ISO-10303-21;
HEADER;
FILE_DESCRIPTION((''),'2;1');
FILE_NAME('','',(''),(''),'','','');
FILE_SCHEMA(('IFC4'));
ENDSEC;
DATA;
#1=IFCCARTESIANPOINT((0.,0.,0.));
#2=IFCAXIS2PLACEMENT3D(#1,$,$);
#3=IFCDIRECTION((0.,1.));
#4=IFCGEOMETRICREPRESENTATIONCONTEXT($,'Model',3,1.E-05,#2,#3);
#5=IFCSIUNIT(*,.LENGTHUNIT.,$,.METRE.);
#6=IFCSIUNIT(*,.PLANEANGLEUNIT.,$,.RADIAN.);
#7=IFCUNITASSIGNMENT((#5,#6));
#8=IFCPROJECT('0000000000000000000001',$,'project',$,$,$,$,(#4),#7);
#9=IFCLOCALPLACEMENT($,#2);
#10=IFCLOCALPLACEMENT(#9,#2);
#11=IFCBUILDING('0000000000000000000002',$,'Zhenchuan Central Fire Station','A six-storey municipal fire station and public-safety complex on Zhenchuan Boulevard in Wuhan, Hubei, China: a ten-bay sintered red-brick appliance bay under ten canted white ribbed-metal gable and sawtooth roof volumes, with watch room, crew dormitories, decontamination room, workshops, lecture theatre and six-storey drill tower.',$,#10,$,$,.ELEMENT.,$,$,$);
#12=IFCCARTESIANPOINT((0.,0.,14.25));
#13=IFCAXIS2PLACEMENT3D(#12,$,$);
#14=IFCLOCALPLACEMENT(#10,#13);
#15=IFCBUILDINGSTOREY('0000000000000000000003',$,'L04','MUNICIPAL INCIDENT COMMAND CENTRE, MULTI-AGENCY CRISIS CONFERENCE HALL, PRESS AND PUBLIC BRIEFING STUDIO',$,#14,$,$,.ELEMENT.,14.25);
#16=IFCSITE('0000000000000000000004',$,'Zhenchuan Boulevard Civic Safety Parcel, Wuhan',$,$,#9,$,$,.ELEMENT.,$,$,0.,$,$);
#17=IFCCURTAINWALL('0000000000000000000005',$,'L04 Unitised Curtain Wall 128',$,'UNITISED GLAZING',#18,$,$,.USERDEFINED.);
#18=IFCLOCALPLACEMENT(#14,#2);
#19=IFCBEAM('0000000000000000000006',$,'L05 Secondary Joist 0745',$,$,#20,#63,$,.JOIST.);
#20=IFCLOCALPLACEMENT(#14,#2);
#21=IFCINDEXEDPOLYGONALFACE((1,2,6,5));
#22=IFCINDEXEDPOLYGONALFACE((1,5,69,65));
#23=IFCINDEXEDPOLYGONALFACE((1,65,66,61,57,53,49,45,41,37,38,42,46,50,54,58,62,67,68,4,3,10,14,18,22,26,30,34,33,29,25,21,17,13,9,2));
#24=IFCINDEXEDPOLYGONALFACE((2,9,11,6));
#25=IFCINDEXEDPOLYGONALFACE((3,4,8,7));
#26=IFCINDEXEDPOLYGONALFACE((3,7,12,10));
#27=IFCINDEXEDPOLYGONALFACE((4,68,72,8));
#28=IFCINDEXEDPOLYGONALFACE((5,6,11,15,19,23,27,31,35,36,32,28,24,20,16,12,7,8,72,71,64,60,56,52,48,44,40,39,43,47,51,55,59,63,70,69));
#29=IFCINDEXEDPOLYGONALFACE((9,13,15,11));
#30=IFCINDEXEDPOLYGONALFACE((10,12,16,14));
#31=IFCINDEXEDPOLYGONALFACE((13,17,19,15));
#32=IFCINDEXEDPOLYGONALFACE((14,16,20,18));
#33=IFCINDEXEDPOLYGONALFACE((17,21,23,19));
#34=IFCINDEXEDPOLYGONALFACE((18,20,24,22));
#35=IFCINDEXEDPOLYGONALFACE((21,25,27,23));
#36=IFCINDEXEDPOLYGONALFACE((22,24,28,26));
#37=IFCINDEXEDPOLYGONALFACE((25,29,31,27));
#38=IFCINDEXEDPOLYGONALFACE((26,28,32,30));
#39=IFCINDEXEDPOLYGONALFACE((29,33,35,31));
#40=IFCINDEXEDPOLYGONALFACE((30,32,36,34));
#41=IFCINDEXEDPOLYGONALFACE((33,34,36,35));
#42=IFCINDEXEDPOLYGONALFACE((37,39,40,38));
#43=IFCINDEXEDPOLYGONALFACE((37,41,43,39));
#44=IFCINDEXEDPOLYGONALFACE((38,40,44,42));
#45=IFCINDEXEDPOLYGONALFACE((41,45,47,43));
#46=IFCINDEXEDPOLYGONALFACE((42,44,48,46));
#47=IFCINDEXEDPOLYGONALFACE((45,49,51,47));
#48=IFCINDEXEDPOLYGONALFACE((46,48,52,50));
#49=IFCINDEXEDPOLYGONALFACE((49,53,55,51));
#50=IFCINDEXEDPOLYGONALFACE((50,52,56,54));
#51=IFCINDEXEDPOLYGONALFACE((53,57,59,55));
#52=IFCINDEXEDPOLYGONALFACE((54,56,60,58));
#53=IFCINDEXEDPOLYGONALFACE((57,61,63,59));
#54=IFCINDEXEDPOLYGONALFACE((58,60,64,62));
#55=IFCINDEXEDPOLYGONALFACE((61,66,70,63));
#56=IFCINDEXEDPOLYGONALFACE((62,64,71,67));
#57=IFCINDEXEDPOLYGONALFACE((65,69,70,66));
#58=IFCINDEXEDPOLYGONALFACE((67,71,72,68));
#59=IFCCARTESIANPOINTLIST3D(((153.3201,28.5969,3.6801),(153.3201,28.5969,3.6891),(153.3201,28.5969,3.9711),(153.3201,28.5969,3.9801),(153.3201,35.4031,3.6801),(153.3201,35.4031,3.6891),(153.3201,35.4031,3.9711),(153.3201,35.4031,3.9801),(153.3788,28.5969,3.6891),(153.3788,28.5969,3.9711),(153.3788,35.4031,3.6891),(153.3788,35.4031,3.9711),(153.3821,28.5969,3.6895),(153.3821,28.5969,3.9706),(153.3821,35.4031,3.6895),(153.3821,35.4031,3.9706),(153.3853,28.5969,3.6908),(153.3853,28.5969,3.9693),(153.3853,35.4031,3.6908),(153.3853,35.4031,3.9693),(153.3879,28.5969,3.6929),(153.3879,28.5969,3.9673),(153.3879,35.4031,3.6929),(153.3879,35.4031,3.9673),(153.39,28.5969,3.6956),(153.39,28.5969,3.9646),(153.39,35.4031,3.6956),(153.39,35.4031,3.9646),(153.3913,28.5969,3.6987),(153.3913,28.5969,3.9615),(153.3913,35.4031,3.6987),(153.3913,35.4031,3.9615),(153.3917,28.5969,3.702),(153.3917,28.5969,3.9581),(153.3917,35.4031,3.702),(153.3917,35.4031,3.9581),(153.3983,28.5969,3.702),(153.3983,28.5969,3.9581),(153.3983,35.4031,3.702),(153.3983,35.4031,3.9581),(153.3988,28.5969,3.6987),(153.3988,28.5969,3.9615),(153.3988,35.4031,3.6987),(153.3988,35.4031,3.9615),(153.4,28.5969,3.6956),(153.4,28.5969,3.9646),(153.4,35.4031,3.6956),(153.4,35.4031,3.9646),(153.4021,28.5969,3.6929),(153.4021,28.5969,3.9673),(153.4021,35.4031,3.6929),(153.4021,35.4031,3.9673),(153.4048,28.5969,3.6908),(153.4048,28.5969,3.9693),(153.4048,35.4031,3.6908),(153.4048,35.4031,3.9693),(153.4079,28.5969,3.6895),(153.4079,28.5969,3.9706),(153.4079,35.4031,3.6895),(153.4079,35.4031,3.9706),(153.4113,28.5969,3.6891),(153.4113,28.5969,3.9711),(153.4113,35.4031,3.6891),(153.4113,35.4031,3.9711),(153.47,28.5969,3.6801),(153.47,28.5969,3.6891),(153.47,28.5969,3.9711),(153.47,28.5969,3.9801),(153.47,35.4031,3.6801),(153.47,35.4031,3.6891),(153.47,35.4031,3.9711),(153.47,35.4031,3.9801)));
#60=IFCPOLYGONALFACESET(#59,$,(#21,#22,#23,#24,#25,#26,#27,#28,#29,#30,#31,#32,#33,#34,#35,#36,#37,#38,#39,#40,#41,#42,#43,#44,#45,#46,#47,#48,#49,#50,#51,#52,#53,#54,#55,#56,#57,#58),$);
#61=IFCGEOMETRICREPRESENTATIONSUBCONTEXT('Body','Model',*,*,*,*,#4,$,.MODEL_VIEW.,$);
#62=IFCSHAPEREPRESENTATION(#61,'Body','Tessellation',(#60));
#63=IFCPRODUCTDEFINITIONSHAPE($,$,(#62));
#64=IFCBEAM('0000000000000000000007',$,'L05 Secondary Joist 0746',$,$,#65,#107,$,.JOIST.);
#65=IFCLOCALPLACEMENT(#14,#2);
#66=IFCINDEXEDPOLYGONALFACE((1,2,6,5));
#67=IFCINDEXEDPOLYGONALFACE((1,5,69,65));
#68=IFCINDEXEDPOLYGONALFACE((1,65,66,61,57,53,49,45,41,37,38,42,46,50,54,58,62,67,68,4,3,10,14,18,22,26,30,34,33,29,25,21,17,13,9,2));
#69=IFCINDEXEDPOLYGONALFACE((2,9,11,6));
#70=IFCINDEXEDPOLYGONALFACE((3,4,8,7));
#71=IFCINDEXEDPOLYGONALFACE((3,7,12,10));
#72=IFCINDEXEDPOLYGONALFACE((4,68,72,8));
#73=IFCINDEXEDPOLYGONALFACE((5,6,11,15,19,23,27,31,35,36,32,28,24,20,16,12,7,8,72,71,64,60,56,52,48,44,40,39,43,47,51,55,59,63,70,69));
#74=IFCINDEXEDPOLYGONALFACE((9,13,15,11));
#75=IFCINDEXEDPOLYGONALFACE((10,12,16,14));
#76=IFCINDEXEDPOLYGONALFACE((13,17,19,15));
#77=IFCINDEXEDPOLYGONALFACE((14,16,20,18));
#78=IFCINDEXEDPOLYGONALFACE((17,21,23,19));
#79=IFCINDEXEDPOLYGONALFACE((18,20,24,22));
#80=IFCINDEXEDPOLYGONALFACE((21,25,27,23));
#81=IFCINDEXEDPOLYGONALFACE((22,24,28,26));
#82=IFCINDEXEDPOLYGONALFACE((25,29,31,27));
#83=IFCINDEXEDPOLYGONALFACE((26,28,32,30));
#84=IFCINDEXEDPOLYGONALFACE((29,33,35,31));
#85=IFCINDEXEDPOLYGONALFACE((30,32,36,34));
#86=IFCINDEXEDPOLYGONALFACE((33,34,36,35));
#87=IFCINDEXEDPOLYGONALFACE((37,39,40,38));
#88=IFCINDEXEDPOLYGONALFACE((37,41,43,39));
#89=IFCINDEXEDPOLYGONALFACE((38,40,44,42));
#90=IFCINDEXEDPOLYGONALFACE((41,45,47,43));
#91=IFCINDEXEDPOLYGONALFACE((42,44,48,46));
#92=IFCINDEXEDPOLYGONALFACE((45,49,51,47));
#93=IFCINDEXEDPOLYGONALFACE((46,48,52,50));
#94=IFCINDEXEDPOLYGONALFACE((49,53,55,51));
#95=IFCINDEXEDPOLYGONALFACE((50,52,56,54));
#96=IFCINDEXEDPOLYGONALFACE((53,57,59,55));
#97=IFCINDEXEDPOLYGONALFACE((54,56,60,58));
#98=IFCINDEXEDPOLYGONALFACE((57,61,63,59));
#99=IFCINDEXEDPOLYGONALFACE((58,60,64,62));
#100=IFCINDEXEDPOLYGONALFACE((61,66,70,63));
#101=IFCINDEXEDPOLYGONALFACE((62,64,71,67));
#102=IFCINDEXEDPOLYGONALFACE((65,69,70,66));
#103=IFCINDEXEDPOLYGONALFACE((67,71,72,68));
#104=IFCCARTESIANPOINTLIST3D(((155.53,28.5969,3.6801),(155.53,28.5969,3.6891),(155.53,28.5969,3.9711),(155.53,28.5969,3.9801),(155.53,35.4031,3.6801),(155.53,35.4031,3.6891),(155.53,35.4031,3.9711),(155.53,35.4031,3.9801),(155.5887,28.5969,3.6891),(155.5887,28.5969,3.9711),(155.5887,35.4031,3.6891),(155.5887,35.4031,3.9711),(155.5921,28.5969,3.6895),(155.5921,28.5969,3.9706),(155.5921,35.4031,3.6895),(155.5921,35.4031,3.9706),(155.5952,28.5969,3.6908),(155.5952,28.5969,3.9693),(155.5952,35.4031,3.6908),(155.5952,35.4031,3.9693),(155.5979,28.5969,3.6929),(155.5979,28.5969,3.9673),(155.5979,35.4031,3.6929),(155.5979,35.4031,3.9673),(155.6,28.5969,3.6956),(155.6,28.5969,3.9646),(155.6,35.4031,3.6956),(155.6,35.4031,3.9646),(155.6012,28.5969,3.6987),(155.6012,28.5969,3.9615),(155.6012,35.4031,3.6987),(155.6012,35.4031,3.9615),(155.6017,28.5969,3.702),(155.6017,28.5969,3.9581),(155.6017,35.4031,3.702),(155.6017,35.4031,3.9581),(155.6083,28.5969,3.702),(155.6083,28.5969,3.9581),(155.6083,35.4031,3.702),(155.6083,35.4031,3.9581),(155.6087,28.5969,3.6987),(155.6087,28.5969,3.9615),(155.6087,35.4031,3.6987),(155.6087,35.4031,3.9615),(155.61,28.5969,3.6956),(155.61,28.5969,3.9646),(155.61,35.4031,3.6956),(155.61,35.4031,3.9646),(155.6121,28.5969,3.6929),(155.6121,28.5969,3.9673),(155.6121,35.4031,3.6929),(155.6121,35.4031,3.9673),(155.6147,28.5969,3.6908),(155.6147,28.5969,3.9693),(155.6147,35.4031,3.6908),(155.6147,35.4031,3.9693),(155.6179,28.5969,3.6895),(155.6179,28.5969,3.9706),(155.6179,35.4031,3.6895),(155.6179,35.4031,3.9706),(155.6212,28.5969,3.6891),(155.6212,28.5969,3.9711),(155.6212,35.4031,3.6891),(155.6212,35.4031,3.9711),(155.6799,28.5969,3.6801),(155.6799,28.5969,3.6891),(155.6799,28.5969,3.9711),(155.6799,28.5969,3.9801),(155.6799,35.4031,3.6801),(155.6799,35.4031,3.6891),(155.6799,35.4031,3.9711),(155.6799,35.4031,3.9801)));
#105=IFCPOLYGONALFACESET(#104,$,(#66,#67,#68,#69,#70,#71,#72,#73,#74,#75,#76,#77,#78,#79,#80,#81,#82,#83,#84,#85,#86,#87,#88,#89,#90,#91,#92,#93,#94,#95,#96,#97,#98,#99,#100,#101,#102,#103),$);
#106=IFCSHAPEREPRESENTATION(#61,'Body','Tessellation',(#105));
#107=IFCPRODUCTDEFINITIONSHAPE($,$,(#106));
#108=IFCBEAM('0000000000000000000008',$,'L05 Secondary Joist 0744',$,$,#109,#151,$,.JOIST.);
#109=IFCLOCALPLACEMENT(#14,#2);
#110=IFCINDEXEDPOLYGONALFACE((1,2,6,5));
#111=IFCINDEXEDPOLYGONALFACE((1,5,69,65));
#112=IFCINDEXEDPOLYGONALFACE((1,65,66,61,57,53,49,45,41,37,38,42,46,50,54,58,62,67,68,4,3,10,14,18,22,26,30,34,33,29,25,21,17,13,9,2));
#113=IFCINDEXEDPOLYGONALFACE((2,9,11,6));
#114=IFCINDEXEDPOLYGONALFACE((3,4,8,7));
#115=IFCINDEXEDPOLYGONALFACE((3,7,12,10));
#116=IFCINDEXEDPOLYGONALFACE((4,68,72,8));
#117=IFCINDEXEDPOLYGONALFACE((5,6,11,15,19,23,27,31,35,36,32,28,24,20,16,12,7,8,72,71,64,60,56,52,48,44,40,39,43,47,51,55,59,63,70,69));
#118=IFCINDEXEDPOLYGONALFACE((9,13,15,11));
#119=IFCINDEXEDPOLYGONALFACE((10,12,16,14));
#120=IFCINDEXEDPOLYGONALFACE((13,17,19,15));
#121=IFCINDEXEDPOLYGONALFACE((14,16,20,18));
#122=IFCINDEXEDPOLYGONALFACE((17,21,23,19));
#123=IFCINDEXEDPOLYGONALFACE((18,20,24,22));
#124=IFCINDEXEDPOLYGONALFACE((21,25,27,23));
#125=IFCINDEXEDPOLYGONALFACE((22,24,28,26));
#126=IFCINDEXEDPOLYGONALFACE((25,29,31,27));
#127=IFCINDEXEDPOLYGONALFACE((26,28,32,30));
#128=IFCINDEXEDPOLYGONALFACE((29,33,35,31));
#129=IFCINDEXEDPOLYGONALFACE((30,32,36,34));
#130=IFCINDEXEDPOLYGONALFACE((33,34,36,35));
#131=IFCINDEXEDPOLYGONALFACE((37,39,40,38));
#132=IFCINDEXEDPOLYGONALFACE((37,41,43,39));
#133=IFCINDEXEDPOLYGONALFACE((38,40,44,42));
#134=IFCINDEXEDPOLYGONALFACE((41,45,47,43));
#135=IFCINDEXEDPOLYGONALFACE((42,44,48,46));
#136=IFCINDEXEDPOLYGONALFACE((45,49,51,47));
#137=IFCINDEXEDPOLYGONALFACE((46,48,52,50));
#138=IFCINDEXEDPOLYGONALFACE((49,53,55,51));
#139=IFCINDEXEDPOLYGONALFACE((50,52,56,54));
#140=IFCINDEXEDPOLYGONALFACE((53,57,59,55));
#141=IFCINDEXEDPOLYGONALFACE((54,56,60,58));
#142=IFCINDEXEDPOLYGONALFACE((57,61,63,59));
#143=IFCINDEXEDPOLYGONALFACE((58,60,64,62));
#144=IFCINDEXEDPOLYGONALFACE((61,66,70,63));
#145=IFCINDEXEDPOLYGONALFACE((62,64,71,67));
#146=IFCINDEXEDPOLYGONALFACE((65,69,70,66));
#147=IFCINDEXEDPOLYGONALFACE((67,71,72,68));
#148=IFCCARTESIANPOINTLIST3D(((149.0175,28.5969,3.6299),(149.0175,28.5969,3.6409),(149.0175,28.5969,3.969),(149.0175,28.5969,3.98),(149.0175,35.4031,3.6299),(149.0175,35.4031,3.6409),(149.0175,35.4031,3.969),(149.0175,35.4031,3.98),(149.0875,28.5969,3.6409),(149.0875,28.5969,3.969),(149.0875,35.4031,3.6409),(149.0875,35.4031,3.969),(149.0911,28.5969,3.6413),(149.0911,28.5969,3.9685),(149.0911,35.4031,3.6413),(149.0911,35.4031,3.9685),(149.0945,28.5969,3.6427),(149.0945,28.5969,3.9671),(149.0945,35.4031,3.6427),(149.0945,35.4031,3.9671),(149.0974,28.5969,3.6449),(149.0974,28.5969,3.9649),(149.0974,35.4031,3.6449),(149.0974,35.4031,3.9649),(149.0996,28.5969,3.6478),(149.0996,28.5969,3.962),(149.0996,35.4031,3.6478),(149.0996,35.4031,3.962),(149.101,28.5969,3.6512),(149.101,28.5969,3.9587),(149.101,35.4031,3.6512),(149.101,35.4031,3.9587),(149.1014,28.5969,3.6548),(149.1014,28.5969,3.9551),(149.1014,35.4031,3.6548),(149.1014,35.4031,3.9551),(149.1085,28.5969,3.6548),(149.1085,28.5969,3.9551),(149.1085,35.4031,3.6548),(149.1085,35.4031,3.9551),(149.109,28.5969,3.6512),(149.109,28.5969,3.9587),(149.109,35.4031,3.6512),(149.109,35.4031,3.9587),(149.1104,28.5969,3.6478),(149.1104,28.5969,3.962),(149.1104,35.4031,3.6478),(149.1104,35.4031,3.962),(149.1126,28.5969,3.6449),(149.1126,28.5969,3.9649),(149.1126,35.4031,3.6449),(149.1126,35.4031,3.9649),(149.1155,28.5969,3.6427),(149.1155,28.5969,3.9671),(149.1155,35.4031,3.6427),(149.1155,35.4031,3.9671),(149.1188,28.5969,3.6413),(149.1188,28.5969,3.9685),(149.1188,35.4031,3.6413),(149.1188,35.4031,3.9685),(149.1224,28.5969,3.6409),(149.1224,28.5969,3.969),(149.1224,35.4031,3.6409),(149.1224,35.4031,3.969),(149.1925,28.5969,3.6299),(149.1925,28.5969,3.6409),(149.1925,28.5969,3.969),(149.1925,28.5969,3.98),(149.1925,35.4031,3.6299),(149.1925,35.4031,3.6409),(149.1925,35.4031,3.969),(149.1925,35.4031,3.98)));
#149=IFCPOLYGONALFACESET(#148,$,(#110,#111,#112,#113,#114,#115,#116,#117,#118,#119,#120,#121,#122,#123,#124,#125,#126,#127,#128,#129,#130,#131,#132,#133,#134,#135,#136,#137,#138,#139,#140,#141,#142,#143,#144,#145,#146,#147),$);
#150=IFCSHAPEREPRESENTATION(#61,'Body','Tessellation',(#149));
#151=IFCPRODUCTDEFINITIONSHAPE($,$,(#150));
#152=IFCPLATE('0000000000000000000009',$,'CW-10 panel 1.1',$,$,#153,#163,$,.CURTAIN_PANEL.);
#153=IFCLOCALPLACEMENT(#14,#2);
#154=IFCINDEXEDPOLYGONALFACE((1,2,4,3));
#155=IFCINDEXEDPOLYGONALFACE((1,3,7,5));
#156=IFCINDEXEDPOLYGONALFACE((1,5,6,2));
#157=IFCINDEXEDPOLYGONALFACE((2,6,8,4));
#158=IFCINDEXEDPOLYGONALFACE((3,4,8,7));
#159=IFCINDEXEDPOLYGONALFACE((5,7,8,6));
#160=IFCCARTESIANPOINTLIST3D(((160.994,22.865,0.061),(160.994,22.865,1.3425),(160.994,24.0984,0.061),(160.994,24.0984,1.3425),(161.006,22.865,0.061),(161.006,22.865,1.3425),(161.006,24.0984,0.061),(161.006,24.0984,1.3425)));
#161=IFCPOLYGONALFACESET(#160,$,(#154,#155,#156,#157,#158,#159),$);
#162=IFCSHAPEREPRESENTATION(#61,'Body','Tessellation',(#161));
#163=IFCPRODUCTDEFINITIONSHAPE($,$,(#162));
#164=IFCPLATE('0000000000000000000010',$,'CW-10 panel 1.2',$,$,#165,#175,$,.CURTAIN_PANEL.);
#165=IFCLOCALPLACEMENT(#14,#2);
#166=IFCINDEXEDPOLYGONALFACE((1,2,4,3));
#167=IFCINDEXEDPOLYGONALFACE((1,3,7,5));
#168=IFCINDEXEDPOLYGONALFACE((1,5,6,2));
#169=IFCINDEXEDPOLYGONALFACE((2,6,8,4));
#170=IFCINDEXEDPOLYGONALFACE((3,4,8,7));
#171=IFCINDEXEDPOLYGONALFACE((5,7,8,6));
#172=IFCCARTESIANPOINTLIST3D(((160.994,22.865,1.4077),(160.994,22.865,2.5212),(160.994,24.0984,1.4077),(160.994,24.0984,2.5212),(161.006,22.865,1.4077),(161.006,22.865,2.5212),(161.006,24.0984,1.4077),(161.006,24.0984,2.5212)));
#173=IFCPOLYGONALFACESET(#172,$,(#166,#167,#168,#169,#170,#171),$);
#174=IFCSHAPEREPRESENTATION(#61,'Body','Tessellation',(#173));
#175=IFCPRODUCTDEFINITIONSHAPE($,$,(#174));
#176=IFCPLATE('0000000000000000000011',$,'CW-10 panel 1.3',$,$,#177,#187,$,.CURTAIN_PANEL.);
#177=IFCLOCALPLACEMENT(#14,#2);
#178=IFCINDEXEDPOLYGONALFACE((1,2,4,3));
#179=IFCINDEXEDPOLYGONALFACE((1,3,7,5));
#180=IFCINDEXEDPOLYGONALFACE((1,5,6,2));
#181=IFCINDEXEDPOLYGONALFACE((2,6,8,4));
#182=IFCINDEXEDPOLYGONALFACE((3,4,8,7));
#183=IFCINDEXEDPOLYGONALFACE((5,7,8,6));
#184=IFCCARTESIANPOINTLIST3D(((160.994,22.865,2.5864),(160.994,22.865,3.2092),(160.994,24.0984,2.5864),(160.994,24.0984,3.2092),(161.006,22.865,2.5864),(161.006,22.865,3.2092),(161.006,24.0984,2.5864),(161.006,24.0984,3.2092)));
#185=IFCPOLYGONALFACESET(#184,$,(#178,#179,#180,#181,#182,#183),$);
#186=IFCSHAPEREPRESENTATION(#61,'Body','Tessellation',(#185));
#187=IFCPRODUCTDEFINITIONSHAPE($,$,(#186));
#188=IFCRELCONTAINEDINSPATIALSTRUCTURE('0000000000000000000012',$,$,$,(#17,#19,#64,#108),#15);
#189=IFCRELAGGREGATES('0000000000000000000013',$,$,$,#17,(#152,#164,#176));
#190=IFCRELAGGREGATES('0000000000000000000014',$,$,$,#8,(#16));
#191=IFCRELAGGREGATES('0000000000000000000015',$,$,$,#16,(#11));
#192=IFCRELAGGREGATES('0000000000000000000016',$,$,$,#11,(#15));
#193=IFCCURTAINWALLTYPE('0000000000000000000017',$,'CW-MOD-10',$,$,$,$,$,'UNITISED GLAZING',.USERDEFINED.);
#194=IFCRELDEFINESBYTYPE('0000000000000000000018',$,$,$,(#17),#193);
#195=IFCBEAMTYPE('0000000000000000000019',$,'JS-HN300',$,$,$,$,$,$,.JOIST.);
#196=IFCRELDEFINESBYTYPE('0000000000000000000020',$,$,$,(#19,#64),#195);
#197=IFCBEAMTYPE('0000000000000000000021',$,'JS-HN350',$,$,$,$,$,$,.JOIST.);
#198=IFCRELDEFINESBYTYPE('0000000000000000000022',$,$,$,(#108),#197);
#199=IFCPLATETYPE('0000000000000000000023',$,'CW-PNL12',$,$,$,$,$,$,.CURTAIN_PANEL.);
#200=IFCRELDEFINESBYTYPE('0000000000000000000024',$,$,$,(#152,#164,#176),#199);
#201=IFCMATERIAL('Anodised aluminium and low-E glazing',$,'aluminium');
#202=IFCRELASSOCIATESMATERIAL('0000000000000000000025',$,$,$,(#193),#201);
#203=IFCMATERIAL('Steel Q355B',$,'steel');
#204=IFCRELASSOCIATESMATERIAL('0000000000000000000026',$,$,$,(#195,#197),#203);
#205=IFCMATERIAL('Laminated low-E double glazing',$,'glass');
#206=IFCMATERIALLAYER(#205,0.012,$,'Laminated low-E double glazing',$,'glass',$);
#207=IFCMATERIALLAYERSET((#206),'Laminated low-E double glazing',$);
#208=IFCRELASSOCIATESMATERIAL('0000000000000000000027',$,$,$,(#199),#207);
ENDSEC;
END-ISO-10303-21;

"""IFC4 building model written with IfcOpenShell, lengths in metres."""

from ifc_helpers import new_model, si_unit, direction, frame, origin, origin_2d, place, context, subcontext, project, spatial, rectangle, i_section, extrude, material, layer, layer_set, material_profile, profile_set, type_object, element, aggregate, save


model = new_model("IFC4")

# Units and contexts
model_context = context("Model", 3, precision=1e-05, world=origin(), true_north=direction((0.0, 1.0)))
body_context = subcontext(model_context, "Body", "Model", "MODEL_VIEW")
ifc_project = project(units=[si_unit("LENGTHUNIT", "METRE"), si_unit("PLANEANGLEUNIT", "RADIAN")], contexts=[model_context])

# Site, building, storey
site_placement = place(None, origin())
site = spatial("IfcSite", under=ifc_project, at=site_placement, Name="Zhenchuan Boulevard Civic Safety Parcel, Wuhan", CompositionType="ELEMENT", RefElevation=0.0)
building_placement = place(site_placement, origin())
building = spatial("IfcBuilding", under=site, at=building_placement, Name="Zhenchuan Central Fire Station", Description="A six-storey municipal fire station and public-safety complex on Zhenchuan Boulevard in Wuhan, Hubei, China: a ten-bay sintered red-brick appliance bay under ten canted white ribbed-metal gable and sawtooth roof volumes, with watch room, crew dormitories, decontamination room, workshops, lecture theatre and six-storey drill tower.", CompositionType="ELEMENT")
storey_placement = place(building_placement, frame((0.0, 0.0, 14.25)))
storey = spatial("IfcBuildingStorey", under=building, at=storey_placement, Name="L04", Description="MUNICIPAL INCIDENT COMMAND CENTRE, MULTI-AGENCY CRISIS CONFERENCE HALL, PRESS AND PUBLIC BRIEFING STUDIO", CompositionType="ELEMENT", Elevation=14.25)

# Shared definitions
ifc_material_1 = material(Name="Steel Q355B", Category="steel")

# Curtain wall
ifc_material_2 = material(Name="Anodised aluminium and low-E glazing", Category="aluminium")
curtain_wall_type = type_object("IfcCurtainWallType", Name="CW-MOD-10", ElementType="UNITISED GLAZING", PredefinedType="USERDEFINED", material=ifc_material_2)
curtain_wall_placement = place(storey_placement, origin())
curtain_wall = element("IfcCurtainWall", 1, at=curtain_wall_placement, inside=storey, type_object=curtain_wall_type, Name="L04 Unitised Curtain Wall 128", ObjectType="UNITISED GLAZING", PredefinedType="USERDEFINED")

# Beams
ifc_material_profile_1 = material_profile(ifc_material_1, i_section(OverallWidth=0.1499, OverallDepth=0.3, WebThickness=0.0066, FlangeThickness=0.009, FilletRadius=0.0129, at=origin_2d()), Name="HN 300x150")
ifc_profile_set_1 = profile_set([ifc_material_profile_1], Name="Steel Q355B")
beam_type_1 = type_object("IfcBeamType", Name="JS-HN300", PredefinedType="JOIST", material=ifc_profile_set_1)
for number, where, z_axis, x_axis, name in (
    (2, (153.395, 28.5969, 3.8301), (0.0, 1.0, 0.0), (-1.0, 0.0, 0.0), "L05 Secondary Joist 0745"),
    (3, (155.605, 28.5969, 3.8301), (0.0, 1.0, 0.0), (-1.0, 0.0, 0.0), "L05 Secondary Joist 0746"),
):
    element("IfcBeam", number, at=place(storey_placement, frame(where, z_axis=z_axis, x_axis=x_axis)), inside=storey, type_object=beam_type_1, Name=name, PredefinedType="JOIST", context=body_context, shape_type="SweptSolid", body=[
        extrude(i_section(OverallWidth=0.1499, OverallDepth=0.3, WebThickness=0.0066, FlangeThickness=0.009, FilletRadius=0.0129, at=origin_2d()), origin(), (0.0, 0.0, 1.0), 6.8062),
    ])
ifc_material_profile_2 = material_profile(ifc_material_1, i_section(OverallWidth=0.175, OverallDepth=0.3501, WebThickness=0.0071, FlangeThickness=0.011, FilletRadius=0.0139, at=origin_2d()), Name="HN 350x175")
ifc_profile_set_2 = profile_set([ifc_material_profile_2], Name="Steel Q355B")
beam_type_2 = type_object("IfcBeamType", Name="JS-HN350", PredefinedType="JOIST", material=ifc_profile_set_2)
beam_1_placement = place(storey_placement, frame((149.105, 28.5969, 3.8049), z_axis=(0.0, 1.0, 0.0), x_axis=(-1.0, 0.0, 0.0)))
element("IfcBeam", 4, at=beam_1_placement, inside=storey, type_object=beam_type_2, Name="L05 Secondary Joist 0744", PredefinedType="JOIST", context=body_context, shape_type="SweptSolid", body=[
    extrude(i_section(OverallWidth=0.175, OverallDepth=0.3501, WebThickness=0.0071, FlangeThickness=0.011, FilletRadius=0.0139, at=origin_2d()), origin(), (0.0, 0.0, 1.0), 6.8062),
])

# Plates
ifc_material_3 = material(Name="Laminated low-E double glazing", Category="glass")
ifc_layer_1 = layer(ifc_material_3, 0.012, Name="Laminated low-E double glazing", Category="glass")
ifc_layer_set_1 = layer_set([ifc_layer_1], Name="Laminated low-E double glazing")
plate_type = type_object("IfcPlateType", Name="CW-PNL12", PredefinedType="CURTAIN_PANEL", material=ifc_layer_set_1)
plate_1_placement = place(storey_placement, frame((161.0, 23.4817, 0.061), z_axis=(0.0, 0.0, 1.0), x_axis=(0.0, 1.0, 0.0)))
plate_1 = element("IfcPlate", 5, at=plate_1_placement, type_object=plate_type, Name="CW-10 panel 1.1", PredefinedType="CURTAIN_PANEL", context=body_context, shape_type="SweptSolid", body=[
    extrude(rectangle(XDim=1.2334, YDim=0.012, at=origin_2d()), origin(), (0.0, 0.0, 1.0), 1.2815),
])
plate_2_placement = place(storey_placement, frame((161.0, 23.4817, 1.4077), z_axis=(0.0, 0.0, 1.0), x_axis=(0.0, 1.0, 0.0)))
plate_2 = element("IfcPlate", 6, at=plate_2_placement, type_object=plate_type, Name="CW-10 panel 1.2", PredefinedType="CURTAIN_PANEL", context=body_context, shape_type="SweptSolid", body=[
    extrude(rectangle(XDim=1.2334, YDim=0.012, at=origin_2d()), origin(), (0.0, 0.0, 1.0), 1.1135),
])
plate_3_placement = place(storey_placement, frame((161.0, 23.4817, 2.5864), z_axis=(0.0, 0.0, 1.0), x_axis=(0.0, 1.0, 0.0)))
plate_3 = element("IfcPlate", 7, at=plate_3_placement, type_object=plate_type, Name="CW-10 panel 1.3", PredefinedType="CURTAIN_PANEL", context=body_context, shape_type="SweptSolid", body=[
    extrude(rectangle(XDim=1.2334, YDim=0.012, at=origin_2d()), origin(), (0.0, 0.0, 1.0), 0.6228),
])
aggregate(curtain_wall, [plate_1, plate_2, plate_3])

save(model, "model.ifc")
